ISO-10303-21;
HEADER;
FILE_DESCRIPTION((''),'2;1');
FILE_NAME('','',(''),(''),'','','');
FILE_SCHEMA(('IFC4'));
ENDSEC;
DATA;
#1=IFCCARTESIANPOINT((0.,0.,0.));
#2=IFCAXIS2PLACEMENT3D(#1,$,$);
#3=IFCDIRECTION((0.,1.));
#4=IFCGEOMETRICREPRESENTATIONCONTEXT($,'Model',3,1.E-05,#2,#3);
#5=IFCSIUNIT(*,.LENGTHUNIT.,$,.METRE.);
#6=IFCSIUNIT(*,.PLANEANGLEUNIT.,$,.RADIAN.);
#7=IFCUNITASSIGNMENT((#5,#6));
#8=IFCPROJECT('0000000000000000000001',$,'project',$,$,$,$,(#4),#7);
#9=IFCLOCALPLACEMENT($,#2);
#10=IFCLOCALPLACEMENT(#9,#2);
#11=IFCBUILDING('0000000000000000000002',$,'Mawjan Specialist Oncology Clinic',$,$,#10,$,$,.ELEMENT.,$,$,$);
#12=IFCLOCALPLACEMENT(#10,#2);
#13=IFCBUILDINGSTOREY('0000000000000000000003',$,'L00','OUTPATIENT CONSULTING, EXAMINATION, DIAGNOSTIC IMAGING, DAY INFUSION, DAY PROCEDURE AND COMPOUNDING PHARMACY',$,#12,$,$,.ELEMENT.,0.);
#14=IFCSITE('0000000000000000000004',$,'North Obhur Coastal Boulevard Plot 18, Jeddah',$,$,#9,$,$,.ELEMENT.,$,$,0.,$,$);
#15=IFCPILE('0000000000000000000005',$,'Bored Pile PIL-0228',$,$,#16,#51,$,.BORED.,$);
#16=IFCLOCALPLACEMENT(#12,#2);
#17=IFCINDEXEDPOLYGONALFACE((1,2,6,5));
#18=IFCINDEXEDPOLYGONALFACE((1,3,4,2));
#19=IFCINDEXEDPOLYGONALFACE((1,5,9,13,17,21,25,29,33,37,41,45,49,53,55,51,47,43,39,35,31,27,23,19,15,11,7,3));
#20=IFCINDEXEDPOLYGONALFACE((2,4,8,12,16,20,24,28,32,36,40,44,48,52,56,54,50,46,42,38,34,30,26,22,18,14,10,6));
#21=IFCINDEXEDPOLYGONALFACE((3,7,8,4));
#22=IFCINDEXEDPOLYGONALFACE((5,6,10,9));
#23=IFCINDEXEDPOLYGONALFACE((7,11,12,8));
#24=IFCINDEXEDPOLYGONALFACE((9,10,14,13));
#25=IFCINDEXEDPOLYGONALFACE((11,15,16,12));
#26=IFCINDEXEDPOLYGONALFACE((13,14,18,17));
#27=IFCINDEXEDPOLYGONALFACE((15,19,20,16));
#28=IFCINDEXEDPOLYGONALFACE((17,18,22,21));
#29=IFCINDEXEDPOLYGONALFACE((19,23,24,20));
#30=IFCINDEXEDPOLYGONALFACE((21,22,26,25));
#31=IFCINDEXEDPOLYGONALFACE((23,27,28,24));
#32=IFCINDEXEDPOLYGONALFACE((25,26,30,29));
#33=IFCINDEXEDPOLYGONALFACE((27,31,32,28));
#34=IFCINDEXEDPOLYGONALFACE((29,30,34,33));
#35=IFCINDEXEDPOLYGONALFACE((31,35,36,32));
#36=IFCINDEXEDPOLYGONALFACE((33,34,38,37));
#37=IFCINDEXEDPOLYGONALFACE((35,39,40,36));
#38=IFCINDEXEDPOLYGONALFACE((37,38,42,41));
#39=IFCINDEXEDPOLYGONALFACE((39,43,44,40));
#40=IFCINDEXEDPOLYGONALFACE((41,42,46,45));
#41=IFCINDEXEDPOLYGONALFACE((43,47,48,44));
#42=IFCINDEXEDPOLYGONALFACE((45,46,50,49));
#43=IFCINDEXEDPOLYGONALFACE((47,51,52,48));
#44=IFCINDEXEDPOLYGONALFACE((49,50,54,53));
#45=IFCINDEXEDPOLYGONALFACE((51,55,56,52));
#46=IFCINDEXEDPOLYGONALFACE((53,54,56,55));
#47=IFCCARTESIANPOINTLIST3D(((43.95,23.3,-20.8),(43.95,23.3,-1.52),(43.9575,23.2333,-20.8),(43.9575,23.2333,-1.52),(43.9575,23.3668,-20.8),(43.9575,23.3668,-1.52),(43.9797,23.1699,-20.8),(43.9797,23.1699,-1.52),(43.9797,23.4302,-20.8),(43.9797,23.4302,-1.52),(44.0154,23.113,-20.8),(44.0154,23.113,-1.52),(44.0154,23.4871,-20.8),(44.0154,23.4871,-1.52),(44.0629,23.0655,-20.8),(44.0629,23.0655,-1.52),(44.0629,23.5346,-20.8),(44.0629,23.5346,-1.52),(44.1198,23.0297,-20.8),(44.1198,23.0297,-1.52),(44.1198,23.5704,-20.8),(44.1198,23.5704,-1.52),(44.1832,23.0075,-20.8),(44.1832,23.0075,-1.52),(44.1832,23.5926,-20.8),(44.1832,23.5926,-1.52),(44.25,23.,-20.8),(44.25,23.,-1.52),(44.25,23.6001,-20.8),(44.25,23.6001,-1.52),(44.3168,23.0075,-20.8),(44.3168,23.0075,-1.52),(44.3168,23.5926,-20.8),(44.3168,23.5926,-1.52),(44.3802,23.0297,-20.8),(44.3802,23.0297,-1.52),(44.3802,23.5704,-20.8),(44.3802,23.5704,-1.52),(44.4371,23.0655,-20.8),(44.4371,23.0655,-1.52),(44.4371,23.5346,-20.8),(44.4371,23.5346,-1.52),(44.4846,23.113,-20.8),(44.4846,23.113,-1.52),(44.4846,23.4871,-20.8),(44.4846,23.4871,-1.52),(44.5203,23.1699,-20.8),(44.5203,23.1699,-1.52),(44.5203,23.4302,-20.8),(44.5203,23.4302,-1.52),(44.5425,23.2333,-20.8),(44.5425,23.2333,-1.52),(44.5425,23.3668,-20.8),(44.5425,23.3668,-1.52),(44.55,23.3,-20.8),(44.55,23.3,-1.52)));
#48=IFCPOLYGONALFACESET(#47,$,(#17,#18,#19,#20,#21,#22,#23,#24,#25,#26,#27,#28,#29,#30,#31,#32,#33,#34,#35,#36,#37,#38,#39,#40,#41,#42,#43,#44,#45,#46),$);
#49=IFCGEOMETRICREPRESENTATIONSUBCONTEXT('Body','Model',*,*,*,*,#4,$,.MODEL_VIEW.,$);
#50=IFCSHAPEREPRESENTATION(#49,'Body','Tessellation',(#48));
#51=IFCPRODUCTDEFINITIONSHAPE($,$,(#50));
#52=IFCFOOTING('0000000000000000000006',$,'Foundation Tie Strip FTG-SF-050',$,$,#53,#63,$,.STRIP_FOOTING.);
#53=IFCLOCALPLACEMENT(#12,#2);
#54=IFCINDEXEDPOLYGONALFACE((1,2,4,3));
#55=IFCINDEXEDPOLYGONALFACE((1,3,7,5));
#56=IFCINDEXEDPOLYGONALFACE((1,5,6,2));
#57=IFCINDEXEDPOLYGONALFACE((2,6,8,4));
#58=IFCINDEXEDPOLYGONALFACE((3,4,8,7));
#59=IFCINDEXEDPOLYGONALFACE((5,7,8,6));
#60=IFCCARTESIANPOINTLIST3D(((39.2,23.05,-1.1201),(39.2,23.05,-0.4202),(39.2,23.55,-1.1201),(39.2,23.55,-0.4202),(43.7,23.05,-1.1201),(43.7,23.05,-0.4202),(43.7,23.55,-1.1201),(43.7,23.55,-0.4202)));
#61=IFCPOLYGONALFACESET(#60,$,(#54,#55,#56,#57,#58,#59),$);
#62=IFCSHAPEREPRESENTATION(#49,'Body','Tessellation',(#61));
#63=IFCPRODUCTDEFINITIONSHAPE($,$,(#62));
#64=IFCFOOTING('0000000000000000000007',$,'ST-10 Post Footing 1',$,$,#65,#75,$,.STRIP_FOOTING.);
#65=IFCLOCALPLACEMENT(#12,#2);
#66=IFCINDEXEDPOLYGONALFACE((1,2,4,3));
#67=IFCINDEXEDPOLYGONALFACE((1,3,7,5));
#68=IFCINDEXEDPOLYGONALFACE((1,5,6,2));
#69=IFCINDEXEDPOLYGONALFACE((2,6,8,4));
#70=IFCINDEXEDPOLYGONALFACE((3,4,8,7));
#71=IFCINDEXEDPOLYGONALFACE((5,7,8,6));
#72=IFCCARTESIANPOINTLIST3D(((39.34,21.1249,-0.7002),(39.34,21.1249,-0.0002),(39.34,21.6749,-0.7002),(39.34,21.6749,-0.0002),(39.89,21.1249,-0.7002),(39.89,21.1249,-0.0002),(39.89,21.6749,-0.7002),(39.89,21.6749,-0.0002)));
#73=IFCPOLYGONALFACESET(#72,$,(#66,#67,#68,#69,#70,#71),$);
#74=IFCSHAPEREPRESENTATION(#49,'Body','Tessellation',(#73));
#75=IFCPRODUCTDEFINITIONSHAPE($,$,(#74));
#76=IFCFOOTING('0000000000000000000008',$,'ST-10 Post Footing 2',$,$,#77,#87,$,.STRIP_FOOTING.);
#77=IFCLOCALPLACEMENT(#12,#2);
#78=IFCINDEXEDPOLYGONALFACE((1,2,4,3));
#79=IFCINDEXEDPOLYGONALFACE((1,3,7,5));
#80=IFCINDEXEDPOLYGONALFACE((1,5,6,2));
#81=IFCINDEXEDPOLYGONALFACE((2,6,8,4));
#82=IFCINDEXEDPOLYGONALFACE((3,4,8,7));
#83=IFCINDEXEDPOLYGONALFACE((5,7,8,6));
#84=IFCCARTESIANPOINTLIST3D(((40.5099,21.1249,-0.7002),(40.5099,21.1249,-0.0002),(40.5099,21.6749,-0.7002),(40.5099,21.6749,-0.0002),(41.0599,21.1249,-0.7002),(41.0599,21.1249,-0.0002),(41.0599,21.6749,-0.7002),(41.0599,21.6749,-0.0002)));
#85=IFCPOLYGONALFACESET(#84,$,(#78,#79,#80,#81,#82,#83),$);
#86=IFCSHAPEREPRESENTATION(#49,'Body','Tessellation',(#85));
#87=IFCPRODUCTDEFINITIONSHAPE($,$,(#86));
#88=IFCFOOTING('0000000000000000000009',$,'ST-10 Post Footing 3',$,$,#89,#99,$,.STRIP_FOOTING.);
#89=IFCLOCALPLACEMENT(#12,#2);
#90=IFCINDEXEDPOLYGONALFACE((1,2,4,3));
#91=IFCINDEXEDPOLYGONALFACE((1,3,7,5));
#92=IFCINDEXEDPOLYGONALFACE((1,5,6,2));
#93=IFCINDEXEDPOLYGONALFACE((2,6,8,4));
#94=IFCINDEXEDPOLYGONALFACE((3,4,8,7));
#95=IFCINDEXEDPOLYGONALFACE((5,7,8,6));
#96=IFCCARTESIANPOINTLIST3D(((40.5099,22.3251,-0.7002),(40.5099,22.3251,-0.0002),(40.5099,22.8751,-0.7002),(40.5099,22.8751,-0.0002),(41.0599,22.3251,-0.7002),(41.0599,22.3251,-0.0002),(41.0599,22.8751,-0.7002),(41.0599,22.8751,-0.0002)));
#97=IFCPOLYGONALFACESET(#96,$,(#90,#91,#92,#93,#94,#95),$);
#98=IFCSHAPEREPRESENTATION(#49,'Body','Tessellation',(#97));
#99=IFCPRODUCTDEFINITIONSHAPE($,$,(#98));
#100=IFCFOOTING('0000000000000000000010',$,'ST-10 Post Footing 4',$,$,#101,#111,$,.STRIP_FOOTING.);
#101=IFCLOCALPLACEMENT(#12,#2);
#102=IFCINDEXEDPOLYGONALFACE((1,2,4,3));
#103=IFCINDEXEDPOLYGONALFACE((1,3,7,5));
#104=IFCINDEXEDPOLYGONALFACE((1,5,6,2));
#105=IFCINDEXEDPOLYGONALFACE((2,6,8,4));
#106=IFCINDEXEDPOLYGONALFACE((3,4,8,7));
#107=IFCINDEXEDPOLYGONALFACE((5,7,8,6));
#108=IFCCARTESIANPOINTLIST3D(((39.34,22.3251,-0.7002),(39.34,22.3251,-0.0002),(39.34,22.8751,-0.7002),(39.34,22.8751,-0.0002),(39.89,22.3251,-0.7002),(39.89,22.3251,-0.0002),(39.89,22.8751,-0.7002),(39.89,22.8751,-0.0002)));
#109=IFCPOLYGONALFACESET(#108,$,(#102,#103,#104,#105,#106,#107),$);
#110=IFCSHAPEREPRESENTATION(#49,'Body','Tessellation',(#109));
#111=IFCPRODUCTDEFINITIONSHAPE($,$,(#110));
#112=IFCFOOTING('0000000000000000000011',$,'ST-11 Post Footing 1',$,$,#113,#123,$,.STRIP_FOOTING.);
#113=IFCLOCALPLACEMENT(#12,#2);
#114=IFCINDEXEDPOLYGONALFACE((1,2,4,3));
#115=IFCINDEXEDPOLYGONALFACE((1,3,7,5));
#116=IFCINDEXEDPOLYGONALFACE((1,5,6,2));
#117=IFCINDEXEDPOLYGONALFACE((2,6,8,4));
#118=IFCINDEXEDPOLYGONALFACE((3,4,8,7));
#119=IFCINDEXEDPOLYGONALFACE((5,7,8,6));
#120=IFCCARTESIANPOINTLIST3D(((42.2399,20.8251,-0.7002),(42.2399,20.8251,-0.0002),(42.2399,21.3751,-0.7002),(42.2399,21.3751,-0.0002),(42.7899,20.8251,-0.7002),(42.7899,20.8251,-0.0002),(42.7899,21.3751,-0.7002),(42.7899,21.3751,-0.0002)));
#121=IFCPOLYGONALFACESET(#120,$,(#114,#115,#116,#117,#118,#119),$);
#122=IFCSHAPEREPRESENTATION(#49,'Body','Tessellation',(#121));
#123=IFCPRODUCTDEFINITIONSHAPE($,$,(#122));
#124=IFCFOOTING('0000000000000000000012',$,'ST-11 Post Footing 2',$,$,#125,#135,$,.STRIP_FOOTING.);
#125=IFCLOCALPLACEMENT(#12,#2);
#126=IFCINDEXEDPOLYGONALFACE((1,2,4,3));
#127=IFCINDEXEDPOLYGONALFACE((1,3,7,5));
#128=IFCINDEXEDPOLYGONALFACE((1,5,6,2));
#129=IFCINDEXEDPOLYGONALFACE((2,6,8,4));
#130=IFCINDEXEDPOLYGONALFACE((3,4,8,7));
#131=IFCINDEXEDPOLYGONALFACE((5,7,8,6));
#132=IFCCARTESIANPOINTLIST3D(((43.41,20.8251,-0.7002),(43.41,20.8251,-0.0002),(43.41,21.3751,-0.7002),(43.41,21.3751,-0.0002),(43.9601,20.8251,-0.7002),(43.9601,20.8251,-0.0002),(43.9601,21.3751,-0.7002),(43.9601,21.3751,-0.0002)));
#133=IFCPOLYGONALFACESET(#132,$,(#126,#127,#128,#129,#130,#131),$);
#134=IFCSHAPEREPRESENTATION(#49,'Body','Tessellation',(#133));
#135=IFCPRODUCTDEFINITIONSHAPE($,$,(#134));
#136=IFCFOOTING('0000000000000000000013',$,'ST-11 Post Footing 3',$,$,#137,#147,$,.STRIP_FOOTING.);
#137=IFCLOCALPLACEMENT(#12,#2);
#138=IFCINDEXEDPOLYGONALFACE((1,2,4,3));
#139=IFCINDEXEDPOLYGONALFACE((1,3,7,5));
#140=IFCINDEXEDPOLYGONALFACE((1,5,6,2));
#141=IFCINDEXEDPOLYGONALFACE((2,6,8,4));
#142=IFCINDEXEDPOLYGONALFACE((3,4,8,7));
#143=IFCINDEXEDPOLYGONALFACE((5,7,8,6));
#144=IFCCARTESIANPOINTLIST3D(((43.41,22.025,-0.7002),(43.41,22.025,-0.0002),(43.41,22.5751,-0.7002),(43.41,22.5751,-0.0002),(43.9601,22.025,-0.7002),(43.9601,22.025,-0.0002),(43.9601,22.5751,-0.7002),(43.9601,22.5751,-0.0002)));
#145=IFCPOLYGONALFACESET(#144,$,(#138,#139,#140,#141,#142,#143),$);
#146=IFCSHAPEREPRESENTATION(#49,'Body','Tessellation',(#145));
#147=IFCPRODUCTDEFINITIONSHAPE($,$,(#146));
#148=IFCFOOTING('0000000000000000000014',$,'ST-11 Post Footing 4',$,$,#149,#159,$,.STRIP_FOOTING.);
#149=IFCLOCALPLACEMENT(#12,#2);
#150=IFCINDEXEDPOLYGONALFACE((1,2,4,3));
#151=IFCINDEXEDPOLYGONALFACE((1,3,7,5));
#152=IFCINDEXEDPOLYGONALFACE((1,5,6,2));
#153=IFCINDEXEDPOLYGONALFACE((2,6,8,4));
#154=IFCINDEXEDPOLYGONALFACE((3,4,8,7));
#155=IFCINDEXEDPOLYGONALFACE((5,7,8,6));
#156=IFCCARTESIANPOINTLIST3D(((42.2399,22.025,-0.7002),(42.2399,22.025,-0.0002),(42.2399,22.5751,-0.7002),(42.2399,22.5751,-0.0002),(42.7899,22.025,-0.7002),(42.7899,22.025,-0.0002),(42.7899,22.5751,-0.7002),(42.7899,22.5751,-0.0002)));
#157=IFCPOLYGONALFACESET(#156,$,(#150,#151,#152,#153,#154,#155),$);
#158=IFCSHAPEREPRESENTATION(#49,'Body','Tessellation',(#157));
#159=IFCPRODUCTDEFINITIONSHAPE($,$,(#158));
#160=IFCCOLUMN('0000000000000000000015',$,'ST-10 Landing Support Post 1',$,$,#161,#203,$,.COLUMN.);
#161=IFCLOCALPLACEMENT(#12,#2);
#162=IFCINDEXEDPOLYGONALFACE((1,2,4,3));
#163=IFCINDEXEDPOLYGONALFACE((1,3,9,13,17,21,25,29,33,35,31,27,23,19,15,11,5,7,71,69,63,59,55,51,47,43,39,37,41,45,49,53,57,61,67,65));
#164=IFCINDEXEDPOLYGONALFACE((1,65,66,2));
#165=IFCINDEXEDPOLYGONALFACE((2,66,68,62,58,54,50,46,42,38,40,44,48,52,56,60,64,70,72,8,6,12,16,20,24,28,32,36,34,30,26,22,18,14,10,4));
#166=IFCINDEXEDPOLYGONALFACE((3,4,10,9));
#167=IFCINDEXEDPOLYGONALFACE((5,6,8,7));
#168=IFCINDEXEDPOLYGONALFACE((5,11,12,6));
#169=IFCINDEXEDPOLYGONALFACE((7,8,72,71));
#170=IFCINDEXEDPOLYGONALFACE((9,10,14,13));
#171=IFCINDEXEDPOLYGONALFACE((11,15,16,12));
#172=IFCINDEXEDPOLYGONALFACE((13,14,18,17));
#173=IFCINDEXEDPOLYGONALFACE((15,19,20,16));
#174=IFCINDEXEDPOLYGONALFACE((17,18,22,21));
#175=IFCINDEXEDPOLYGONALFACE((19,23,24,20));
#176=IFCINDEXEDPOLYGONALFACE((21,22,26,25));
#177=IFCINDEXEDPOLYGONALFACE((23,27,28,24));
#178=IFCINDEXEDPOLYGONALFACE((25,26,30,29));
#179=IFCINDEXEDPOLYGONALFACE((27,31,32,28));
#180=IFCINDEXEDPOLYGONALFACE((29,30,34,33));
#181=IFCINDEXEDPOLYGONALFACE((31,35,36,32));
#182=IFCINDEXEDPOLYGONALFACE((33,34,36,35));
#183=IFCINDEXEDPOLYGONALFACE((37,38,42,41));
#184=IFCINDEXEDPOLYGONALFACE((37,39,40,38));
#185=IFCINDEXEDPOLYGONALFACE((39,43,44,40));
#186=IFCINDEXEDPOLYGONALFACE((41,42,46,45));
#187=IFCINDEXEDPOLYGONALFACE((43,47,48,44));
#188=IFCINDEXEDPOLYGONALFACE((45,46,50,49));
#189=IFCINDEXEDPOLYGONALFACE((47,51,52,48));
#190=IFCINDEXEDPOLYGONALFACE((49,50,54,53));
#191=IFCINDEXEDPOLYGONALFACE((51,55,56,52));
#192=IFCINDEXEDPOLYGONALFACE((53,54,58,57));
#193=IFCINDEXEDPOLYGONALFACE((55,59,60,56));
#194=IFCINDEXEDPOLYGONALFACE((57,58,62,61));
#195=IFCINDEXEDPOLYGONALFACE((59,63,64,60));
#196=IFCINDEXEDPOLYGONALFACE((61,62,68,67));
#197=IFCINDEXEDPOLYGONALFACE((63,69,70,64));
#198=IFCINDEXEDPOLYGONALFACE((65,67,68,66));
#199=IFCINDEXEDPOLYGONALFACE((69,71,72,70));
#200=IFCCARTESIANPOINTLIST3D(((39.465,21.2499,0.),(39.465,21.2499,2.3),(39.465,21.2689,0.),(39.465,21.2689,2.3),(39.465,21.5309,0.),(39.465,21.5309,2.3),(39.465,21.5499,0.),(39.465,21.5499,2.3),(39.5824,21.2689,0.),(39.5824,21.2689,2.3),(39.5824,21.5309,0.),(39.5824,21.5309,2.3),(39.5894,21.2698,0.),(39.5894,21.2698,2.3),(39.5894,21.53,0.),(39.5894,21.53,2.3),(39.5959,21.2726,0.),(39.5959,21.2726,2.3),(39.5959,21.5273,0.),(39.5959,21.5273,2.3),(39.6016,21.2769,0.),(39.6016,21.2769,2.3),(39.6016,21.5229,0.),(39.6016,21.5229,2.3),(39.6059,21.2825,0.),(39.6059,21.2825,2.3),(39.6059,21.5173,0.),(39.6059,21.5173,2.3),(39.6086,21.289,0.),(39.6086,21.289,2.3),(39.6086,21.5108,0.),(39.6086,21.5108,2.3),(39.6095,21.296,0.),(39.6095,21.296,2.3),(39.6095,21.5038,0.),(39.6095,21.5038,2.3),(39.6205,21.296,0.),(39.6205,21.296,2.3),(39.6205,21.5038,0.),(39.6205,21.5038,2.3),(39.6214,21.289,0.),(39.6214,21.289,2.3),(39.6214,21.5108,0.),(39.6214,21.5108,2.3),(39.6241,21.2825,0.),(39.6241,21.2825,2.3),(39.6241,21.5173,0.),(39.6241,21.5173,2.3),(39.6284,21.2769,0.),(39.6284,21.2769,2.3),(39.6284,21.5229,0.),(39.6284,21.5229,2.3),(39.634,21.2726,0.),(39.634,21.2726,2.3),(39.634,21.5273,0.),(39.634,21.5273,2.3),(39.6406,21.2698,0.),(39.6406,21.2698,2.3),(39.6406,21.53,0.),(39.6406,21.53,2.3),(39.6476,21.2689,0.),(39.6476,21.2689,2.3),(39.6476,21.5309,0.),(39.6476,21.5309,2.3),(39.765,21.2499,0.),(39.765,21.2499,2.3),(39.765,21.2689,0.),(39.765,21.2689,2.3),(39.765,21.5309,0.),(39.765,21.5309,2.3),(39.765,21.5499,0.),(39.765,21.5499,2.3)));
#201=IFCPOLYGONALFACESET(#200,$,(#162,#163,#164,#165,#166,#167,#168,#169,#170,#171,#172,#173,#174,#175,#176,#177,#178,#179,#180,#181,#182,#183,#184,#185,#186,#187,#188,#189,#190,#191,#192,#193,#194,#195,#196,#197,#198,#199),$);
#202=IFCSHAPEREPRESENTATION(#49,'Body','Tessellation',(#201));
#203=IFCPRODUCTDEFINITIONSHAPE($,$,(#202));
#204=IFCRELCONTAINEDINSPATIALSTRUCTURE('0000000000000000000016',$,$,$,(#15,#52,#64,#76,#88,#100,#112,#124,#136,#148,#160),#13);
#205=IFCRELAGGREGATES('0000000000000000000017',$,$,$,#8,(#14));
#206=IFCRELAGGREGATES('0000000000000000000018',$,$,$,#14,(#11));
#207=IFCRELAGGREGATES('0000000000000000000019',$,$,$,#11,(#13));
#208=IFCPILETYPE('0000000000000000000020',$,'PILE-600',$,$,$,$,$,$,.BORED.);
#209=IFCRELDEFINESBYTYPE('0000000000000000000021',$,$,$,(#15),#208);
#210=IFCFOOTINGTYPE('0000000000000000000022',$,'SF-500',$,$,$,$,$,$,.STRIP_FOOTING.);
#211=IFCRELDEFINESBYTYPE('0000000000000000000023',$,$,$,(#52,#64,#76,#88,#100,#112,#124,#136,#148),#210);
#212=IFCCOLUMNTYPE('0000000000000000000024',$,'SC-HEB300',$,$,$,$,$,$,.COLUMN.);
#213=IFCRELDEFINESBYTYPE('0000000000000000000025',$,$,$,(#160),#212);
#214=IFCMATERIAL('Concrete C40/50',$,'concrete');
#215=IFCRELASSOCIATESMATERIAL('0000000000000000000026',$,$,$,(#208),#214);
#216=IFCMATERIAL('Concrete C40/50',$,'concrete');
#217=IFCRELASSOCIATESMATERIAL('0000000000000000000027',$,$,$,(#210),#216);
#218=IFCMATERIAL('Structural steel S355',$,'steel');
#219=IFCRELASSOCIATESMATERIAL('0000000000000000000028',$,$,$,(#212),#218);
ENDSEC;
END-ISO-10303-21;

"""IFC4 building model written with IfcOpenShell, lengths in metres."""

from ifc_helpers import new_model, si_unit, direction, frame, origin, origin_2d, place, context, subcontext, project, spatial, rectangle, circle, i_section, extrude, material, material_profile, profile_set, type_object, element, save


model = new_model("IFC4")

# Units and contexts
model_context = context("Model", 3, precision=1e-05, world=origin(), true_north=direction((0.0, 1.0)))
body_context = subcontext(model_context, "Body", "Model", "MODEL_VIEW")
ifc_project = project(units=[si_unit("LENGTHUNIT", "METRE"), si_unit("PLANEANGLEUNIT", "RADIAN")], contexts=[model_context])

# Site, building, storey
site_placement = place(None, origin())
site = spatial("IfcSite", under=ifc_project, at=site_placement, Name="North Obhur Coastal Boulevard Plot 18, Jeddah", CompositionType="ELEMENT", RefElevation=0.0)
building_placement = place(site_placement, origin())
building = spatial("IfcBuilding", under=site, at=building_placement, Name="Mawjan Specialist Oncology Clinic", CompositionType="ELEMENT")
storey_placement = place(building_placement, origin())
storey = spatial("IfcBuildingStorey", under=building, at=storey_placement, Name="L00", Description="OUTPATIENT CONSULTING, EXAMINATION, DIAGNOSTIC IMAGING, DAY INFUSION, DAY PROCEDURE AND COMPOUNDING PHARMACY", CompositionType="ELEMENT", Elevation=0.0)

# Pile
ifc_material_1 = material(Name="Concrete C40/50", Category="concrete")
ifc_material_profile_1 = material_profile(ifc_material_1, circle(Radius=0.3, at=origin_2d()), Name="BORED PILE D600", Category="concrete")
ifc_profile_set_1 = profile_set([ifc_material_profile_1], Name="Concrete C40/50")
pile_type = type_object("IfcPileType", Name="PILE-600", PredefinedType="BORED", material=ifc_profile_set_1)
pile_placement = place(storey_placement, frame((44.25, 23.3, -1.52), z_axis=(0.0, 0.0, -1.0), x_axis=(1.0, 0.0, 0.0)))
element("IfcPile", 1, at=pile_placement, inside=storey, type_object=pile_type, Name="Bored Pile PIL-0228", PredefinedType="BORED", context=body_context, shape_type="SweptSolid", body=[
    extrude(circle(Radius=0.3, at=origin_2d()), origin(), (0.0, 0.0, 1.0), 19.28),
])

# Footings
ifc_material_2 = material(Name="Concrete C40/50", Category="concrete")
footing_type = type_object("IfcFootingType", Name="SF-500", PredefinedType="STRIP_FOOTING", material=ifc_material_2)
footing_placement = place(storey_placement, frame((41.45, 23.3, -1.1201), z_axis=(0.0, 0.0, 1.0), x_axis=(1.0, 0.0, 0.0)))
element("IfcFooting", 2, at=footing_placement, inside=storey, type_object=footing_type, Name="Foundation Tie Strip FTG-SF-050", PredefinedType="STRIP_FOOTING", context=body_context, shape_type="SweptSolid", body=[
    extrude(rectangle(XDim=4.5, YDim=0.5, at=origin_2d()), origin(), (0.0, 0.0, 1.0), 0.7),
])
for number, where, z_axis, x_axis, name in (
    (3, (39.615, 21.3999, -0.7002), (0.0, 0.0, 1.0), (1.0, 0.0, 0.0), "ST-10 Post Footing 1"),
    (4, (40.7849, 21.3999, -0.7002), (0.0, 0.0, 1.0), (1.0, 0.0, 0.0), "ST-10 Post Footing 2"),
    (5, (40.7849, 22.6001, -0.7002), (0.0, 0.0, 1.0), (1.0, 0.0, 0.0), "ST-10 Post Footing 3"),
    (6, (39.615, 22.6001, -0.7002), (0.0, 0.0, 1.0), (1.0, 0.0, 0.0), "ST-10 Post Footing 4"),
    (7, (42.5149, 21.1001, -0.7002), (0.0, 0.0, 1.0), (1.0, 0.0, 0.0), "ST-11 Post Footing 1"),
    (8, (43.6851, 21.1001, -0.7002), (0.0, 0.0, 1.0), (1.0, 0.0, 0.0), "ST-11 Post Footing 2"),
    (9, (43.6851, 22.3, -0.7002), (0.0, 0.0, 1.0), (1.0, 0.0, 0.0), "ST-11 Post Footing 3"),
    (10, (42.5149, 22.3, -0.7002), (0.0, 0.0, 1.0), (1.0, 0.0, 0.0), "ST-11 Post Footing 4"),
):
    element("IfcFooting", number, at=place(storey_placement, frame(where, z_axis=z_axis, x_axis=x_axis)), inside=storey, type_object=footing_type, Name=name, PredefinedType="STRIP_FOOTING", context=body_context, shape_type="SweptSolid", body=[
        extrude(rectangle(XDim=0.55, YDim=0.55, at=origin_2d()), origin(), (0.0, 0.0, 1.0), 0.7),
    ])

# Column
ifc_material_3 = material(Name="Structural steel S355", Category="steel")
ifc_material_profile_2 = material_profile(ifc_material_3, i_section(OverallWidth=0.3, OverallDepth=0.3, WebThickness=0.011, FlangeThickness=0.019, FilletRadius=0.0271, at=origin_2d()), Name="HEB 300", Category="steel")
ifc_profile_set_2 = profile_set([ifc_material_profile_2], Name="Structural steel S355")
column_type = type_object("IfcColumnType", Name="SC-HEB300", PredefinedType="COLUMN", material=ifc_profile_set_2)
for number, where, z_axis, x_axis, name in (
    (11, (39.615, 21.3999, 0.0), (0.0, 0.0, 1.0), (1.0, 0.0, 0.0), "ST-10 Landing Support Post 1"),
):
    element("IfcColumn", number, at=place(storey_placement, frame(where, z_axis=z_axis, x_axis=x_axis)), inside=storey, type_object=column_type, Name=name, PredefinedType="COLUMN", context=body_context, shape_type="SweptSolid", body=[
        extrude(i_section(OverallWidth=0.3, OverallDepth=0.3, WebThickness=0.011, FlangeThickness=0.019, FilletRadius=0.0271, at=origin_2d()), origin(), (0.0, 0.0, 1.0), 2.3),
    ])

save(model, "model.ifc")
